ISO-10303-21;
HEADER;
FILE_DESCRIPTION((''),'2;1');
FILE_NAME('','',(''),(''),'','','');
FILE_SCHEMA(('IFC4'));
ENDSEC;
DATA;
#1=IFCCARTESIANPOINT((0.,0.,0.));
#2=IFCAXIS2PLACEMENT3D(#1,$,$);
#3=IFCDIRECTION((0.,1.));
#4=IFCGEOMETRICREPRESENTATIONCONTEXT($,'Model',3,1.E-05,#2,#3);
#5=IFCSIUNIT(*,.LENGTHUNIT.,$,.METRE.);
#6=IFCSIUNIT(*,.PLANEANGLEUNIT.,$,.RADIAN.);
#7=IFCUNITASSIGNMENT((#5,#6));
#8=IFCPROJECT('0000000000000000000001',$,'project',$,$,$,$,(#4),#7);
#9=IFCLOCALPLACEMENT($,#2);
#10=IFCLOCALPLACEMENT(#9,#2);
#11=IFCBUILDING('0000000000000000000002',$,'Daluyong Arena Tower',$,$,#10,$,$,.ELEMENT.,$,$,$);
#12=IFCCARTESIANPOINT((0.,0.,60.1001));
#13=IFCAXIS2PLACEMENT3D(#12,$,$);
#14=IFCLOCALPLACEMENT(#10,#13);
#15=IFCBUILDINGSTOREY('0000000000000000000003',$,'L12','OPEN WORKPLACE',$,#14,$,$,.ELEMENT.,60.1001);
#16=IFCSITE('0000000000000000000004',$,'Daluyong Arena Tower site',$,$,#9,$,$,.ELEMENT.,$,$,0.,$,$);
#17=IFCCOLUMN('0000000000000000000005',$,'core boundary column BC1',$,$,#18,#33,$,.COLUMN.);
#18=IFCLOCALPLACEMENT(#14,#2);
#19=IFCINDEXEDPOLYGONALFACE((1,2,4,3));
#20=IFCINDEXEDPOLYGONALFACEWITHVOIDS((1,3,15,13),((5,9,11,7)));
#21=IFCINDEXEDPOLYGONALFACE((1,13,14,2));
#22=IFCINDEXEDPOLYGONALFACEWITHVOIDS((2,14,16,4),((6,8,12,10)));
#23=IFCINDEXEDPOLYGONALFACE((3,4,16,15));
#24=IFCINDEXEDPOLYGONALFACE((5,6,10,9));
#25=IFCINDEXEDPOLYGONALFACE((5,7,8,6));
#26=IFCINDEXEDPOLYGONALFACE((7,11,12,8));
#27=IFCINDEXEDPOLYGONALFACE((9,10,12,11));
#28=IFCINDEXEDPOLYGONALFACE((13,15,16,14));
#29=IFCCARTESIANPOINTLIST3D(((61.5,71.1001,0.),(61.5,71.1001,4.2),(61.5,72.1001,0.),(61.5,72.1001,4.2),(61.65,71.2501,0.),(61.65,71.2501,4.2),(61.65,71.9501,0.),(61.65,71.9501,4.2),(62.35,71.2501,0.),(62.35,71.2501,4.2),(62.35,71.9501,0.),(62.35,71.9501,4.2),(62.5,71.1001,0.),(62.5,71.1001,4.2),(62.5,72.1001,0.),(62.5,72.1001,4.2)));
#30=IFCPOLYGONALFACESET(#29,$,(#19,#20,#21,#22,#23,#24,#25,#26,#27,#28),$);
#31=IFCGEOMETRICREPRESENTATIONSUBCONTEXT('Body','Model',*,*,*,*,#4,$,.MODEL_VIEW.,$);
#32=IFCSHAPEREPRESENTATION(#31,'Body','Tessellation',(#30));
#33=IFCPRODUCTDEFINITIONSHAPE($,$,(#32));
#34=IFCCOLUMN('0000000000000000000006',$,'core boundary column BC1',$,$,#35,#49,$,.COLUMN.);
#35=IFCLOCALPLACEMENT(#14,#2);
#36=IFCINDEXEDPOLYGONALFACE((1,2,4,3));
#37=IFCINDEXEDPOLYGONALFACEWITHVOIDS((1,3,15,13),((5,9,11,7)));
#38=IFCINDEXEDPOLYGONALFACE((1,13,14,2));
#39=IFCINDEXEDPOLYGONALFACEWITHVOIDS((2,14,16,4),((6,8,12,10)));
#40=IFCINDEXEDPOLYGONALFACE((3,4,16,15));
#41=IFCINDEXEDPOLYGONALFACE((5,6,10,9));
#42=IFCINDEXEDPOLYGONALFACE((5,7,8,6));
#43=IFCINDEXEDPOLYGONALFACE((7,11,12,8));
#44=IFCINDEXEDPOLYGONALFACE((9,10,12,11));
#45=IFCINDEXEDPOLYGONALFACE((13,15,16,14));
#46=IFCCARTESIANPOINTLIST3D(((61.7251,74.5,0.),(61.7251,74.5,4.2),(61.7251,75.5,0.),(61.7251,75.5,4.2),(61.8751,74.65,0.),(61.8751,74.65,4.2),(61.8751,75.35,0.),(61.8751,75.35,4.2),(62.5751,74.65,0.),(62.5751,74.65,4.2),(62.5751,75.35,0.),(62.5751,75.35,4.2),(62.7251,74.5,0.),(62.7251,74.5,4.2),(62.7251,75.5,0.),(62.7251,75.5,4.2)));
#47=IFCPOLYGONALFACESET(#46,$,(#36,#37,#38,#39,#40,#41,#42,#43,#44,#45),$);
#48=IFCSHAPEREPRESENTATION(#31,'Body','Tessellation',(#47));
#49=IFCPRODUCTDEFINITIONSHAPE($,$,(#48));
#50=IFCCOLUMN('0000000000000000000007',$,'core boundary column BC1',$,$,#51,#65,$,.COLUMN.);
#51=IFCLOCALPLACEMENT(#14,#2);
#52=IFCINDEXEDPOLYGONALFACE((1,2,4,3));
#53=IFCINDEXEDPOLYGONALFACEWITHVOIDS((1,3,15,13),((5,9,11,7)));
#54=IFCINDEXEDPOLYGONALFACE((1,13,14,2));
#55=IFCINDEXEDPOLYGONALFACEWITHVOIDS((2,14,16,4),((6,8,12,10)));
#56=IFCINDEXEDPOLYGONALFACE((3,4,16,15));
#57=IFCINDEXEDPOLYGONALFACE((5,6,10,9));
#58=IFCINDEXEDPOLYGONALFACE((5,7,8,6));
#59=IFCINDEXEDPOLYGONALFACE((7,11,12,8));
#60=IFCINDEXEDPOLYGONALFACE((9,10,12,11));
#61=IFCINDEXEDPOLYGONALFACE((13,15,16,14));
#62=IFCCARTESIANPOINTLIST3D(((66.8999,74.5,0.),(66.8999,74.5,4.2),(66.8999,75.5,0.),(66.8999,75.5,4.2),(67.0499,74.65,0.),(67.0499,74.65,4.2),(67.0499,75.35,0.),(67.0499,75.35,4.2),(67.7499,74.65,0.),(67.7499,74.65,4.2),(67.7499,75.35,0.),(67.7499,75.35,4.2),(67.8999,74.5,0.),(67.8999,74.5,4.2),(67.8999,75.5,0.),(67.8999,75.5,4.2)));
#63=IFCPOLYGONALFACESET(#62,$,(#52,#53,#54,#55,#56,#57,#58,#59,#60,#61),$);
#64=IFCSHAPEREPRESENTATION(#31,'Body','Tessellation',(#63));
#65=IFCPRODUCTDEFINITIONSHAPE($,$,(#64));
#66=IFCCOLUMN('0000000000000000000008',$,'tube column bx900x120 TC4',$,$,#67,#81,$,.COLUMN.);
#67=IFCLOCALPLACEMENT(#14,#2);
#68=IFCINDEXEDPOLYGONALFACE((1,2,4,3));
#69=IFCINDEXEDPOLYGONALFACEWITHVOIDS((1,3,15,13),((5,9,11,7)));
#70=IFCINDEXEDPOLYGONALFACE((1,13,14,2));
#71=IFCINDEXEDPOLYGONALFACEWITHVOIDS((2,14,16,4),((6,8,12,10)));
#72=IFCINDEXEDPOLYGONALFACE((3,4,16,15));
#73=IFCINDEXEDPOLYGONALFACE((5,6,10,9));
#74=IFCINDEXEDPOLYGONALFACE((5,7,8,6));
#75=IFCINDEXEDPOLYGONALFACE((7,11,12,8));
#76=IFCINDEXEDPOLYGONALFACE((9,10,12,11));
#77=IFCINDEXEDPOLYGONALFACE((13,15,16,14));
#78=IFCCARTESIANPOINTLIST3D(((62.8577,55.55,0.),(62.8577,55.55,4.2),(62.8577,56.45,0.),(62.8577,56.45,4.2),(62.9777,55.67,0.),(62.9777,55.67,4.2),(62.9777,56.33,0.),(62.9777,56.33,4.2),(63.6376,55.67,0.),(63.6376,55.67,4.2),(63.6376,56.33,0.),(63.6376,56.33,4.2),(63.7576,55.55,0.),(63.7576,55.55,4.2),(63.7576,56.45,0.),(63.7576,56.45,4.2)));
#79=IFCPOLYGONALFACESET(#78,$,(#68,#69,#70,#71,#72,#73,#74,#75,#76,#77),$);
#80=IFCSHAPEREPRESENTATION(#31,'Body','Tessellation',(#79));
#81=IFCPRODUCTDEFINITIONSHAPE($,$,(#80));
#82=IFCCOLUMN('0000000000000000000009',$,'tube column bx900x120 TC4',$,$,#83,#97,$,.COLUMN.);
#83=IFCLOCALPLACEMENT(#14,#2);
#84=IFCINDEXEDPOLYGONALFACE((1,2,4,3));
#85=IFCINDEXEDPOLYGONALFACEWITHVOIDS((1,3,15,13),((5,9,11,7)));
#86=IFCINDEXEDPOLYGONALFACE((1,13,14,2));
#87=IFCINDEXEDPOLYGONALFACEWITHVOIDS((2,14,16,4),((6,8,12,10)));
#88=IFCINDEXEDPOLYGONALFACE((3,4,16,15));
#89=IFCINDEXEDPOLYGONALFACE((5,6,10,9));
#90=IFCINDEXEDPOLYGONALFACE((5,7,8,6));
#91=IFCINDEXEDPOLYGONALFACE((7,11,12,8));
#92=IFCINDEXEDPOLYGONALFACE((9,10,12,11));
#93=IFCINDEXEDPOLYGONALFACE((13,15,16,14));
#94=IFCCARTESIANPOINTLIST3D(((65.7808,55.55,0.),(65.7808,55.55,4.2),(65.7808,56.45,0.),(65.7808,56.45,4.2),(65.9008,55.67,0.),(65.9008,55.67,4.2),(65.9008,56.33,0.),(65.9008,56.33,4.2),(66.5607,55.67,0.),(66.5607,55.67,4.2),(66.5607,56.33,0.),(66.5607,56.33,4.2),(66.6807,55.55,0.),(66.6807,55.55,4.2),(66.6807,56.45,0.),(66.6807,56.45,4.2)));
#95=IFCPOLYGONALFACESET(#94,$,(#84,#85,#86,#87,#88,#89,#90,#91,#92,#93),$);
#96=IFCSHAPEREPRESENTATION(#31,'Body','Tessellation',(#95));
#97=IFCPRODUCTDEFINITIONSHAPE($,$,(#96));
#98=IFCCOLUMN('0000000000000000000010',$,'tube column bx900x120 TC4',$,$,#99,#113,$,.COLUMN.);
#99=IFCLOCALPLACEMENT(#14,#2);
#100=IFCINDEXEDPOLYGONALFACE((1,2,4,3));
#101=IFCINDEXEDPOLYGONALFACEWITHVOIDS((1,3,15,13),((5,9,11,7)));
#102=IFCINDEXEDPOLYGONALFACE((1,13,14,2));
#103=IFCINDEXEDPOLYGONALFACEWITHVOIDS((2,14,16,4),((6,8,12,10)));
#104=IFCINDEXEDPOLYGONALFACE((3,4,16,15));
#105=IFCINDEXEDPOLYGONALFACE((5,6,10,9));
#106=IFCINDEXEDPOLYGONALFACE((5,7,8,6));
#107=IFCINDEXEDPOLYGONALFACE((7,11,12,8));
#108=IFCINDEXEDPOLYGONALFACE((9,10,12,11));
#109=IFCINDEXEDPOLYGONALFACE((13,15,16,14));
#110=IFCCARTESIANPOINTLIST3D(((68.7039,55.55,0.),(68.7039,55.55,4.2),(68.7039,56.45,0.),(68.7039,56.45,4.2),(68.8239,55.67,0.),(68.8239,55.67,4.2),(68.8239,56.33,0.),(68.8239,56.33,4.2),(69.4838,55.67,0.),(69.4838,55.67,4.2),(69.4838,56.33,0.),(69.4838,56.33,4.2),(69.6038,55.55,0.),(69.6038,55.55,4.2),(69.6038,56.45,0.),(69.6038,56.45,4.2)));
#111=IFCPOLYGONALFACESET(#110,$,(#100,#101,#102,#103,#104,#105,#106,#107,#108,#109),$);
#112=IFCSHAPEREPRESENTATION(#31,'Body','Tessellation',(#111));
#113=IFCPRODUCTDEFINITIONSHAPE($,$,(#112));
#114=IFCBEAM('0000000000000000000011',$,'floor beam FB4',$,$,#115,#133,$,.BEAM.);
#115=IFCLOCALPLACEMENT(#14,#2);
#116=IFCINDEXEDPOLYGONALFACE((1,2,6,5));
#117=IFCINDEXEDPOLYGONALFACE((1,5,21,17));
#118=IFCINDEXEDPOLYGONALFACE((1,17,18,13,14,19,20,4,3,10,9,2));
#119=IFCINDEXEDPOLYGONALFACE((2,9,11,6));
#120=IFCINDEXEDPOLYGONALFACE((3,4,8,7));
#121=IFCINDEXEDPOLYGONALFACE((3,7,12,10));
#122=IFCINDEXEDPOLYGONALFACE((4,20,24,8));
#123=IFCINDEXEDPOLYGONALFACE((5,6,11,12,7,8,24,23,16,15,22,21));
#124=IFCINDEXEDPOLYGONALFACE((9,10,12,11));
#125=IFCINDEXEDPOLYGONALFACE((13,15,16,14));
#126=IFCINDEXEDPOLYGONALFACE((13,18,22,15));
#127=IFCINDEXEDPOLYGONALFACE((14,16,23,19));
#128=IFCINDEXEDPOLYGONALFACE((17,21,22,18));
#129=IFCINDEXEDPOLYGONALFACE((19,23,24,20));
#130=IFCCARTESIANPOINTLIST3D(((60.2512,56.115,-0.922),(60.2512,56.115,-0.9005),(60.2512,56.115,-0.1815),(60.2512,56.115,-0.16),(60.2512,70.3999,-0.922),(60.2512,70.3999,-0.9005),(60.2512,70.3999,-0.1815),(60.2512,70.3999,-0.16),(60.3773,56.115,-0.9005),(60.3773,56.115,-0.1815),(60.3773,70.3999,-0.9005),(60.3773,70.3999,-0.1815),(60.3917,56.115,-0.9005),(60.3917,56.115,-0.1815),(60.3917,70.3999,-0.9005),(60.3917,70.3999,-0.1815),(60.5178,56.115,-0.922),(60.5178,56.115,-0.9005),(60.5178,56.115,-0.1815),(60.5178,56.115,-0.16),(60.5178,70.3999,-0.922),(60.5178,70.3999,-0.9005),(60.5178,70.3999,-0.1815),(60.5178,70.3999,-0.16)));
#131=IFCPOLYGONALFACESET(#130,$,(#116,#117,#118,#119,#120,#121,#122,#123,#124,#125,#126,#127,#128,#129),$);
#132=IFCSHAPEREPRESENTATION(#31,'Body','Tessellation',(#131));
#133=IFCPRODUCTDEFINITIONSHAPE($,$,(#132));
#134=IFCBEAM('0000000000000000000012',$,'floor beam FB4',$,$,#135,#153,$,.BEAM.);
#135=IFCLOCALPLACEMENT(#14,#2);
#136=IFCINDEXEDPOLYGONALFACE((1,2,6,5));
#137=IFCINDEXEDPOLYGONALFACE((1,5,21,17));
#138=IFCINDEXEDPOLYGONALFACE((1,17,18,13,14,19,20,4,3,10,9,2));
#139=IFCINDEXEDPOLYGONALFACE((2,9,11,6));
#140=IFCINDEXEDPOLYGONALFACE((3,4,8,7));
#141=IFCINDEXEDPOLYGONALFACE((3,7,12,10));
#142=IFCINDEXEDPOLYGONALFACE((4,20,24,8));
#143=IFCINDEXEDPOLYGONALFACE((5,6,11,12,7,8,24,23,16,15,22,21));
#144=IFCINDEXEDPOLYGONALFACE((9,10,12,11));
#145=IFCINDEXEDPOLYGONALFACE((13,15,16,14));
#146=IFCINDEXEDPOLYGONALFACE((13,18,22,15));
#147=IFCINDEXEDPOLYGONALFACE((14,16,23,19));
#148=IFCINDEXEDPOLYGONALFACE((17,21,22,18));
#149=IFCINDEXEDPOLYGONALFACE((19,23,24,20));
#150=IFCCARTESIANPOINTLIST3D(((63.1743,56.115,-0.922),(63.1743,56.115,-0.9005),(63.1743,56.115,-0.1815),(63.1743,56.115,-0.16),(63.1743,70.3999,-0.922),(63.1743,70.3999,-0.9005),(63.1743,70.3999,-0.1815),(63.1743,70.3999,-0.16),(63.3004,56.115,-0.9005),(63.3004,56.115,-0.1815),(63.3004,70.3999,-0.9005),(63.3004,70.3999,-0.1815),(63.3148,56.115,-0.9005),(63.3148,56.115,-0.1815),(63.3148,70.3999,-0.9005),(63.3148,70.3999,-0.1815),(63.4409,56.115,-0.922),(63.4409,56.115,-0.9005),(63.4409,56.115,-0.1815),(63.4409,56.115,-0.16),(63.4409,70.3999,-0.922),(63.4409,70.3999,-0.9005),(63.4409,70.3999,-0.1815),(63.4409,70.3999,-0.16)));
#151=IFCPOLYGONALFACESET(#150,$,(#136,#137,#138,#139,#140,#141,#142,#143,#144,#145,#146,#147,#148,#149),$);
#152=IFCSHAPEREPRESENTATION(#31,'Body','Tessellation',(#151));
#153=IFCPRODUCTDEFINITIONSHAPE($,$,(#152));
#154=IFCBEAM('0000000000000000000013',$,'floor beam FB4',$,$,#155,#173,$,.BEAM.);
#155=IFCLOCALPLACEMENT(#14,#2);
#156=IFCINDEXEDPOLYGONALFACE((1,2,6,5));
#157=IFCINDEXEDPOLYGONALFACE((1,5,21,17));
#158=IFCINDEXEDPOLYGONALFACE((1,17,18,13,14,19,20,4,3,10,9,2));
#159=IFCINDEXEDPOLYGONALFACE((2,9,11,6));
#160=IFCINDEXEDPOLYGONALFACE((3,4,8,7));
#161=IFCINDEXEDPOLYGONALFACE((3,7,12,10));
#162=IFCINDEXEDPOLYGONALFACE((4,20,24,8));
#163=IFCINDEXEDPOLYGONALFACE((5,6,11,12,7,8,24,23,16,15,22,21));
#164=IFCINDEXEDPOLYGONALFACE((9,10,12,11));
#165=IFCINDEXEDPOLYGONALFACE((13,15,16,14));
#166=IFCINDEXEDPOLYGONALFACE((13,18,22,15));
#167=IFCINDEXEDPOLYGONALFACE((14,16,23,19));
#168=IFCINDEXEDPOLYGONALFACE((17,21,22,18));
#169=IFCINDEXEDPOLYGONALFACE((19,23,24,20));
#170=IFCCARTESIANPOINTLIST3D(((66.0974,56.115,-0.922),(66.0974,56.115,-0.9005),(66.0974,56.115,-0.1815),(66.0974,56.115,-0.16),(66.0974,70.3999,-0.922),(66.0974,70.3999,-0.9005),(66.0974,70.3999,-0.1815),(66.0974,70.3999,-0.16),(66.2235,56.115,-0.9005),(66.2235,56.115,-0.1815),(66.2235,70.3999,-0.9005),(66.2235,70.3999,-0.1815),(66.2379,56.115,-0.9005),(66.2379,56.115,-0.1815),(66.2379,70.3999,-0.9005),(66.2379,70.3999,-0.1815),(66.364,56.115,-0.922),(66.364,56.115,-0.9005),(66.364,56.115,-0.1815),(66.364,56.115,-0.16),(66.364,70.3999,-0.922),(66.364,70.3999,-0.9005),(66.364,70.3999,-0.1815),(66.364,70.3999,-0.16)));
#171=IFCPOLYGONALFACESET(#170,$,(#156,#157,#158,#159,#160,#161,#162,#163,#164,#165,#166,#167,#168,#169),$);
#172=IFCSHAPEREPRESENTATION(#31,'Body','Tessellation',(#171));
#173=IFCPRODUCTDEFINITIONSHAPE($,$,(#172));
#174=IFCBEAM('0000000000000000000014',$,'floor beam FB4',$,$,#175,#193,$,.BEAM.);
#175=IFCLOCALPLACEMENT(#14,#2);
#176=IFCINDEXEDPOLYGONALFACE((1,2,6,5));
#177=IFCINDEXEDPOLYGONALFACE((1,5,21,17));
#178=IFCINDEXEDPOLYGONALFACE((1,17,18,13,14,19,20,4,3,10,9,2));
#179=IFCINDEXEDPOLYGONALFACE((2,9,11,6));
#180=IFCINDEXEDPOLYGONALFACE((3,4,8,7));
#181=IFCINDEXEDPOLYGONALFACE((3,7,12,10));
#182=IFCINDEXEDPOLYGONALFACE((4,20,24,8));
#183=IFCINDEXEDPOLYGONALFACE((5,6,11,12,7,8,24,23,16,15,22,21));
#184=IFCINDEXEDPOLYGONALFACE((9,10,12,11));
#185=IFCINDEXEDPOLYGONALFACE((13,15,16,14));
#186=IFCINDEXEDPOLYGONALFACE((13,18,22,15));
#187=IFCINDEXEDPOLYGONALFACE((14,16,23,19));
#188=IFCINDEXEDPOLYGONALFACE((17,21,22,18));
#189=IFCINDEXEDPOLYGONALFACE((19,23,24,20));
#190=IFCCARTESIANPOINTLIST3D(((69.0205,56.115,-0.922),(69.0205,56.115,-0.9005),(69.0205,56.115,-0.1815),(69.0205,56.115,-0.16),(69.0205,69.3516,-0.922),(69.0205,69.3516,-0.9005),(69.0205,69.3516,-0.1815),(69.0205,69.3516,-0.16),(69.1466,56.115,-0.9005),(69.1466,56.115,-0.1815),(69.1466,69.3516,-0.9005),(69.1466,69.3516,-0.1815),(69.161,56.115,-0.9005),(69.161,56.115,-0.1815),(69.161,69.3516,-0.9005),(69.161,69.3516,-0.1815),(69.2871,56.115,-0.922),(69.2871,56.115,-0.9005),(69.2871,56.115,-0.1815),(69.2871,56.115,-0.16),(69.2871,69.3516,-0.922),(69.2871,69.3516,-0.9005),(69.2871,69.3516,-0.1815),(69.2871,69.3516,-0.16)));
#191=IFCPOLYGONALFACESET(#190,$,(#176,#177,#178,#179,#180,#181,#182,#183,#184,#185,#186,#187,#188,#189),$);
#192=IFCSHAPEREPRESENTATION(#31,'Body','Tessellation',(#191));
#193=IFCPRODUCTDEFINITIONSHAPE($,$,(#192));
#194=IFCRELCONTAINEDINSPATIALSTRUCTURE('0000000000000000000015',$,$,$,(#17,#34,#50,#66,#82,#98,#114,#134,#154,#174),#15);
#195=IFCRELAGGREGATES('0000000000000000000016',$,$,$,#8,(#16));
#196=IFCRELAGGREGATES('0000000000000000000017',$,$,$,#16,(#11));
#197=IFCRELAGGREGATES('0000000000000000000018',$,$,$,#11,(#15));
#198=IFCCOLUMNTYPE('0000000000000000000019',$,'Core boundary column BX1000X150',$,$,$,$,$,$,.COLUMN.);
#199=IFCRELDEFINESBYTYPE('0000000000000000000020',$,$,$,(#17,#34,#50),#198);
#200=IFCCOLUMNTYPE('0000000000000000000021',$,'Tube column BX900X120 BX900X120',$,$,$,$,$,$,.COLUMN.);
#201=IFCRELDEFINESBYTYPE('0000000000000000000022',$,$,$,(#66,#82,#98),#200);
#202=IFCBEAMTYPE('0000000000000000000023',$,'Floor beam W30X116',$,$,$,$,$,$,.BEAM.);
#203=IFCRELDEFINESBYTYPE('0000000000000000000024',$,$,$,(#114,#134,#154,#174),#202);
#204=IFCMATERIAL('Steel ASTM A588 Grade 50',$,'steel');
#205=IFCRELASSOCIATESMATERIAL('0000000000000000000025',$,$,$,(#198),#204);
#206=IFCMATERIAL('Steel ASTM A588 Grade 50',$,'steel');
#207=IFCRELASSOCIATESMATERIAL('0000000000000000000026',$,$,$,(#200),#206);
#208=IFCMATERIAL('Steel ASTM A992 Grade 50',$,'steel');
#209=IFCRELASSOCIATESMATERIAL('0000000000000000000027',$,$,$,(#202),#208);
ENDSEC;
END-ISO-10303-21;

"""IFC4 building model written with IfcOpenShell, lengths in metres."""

from ifc_helpers import new_model, si_unit, direction, frame, origin, origin_2d, place, context, subcontext, project, spatial, hollow_rectangle, i_section, extrude, material, material_profile, profile_set, type_object, element, save


model = new_model("IFC4")

# Units and contexts
model_context = context("Model", 3, precision=1e-05, world=origin(), true_north=direction((0.0, 1.0)))
body_context = subcontext(model_context, "Body", "Model", "MODEL_VIEW")
ifc_project = project(units=[si_unit("LENGTHUNIT", "METRE"), si_unit("PLANEANGLEUNIT", "RADIAN")], contexts=[model_context])

# Site, building, storey
site_placement = place(None, origin())
site = spatial("IfcSite", under=ifc_project, at=site_placement, Name="Daluyong Arena Tower site", CompositionType="ELEMENT", RefElevation=0.0)
building_placement = place(site_placement, origin())
building = spatial("IfcBuilding", under=site, at=building_placement, Name="Daluyong Arena Tower", CompositionType="ELEMENT")
storey_placement = place(building_placement, frame((0.0, 0.0, 60.1001)))
storey = spatial("IfcBuildingStorey", under=building, at=storey_placement, Name="L12", Description="OPEN WORKPLACE", CompositionType="ELEMENT", Elevation=60.1001)

# Columns
ifc_material_1 = material(Name="Steel ASTM A588 Grade 50", Category="steel")
ifc_material_profile_1 = material_profile(ifc_material_1, hollow_rectangle(XDim=1.0, YDim=1.0, WallThickness=0.15, at=origin_2d()))
ifc_profile_set_1 = profile_set([ifc_material_profile_1], Name="Steel ASTM A588 Grade 50")
column_type_1 = type_object("IfcColumnType", Name="Core boundary column BX1000X150", PredefinedType="COLUMN", material=ifc_profile_set_1)
for number, where, z_axis, x_axis, name in (
    (1, (62.0, 71.6001, 0.0), (0.0, 0.0, 1.0), (1.0, 0.0, 0.0), "core boundary column BC1"),
    (2, (62.2251, 75.0, 0.0), (0.0, 0.0, 1.0), (1.0, 0.0, 0.0), "core boundary column BC1"),
    (3, (67.3999, 75.0, 0.0), (0.0, 0.0, 1.0), (1.0, 0.0, 0.0), "core boundary column BC1"),
):
    element("IfcColumn", number, at=place(storey_placement, frame(where, z_axis=z_axis, x_axis=x_axis)), inside=storey, type_object=column_type_1, Name=name, PredefinedType="COLUMN", context=body_context, shape_type="SweptSolid", body=[
        extrude(hollow_rectangle(XDim=1.0, YDim=1.0, WallThickness=0.15, at=origin_2d()), origin(), (0.0, 0.0, 1.0), 4.2),
    ])
ifc_material_2 = material(Name="Steel ASTM A588 Grade 50", Category="steel")
ifc_material_profile_2 = material_profile(ifc_material_2, hollow_rectangle(XDim=0.8999, YDim=0.8999, WallThickness=0.12, at=origin_2d()))
ifc_profile_set_2 = profile_set([ifc_material_profile_2], Name="Steel ASTM A588 Grade 50")
column_type_2 = type_object("IfcColumnType", Name="Tube column BX900X120 BX900X120", PredefinedType="COLUMN", material=ifc_profile_set_2)
for number, where, z_axis, x_axis, name in (
    (4, (63.3076, 56.0, 0.0), (0.0, 0.0, 1.0), (1.0, 0.0, 0.0), "tube column bx900x120 TC4"),
    (5, (66.2307, 56.0, 0.0), (0.0, 0.0, 1.0), (1.0, 0.0, 0.0), "tube column bx900x120 TC4"),
    (6, (69.1538, 56.0, 0.0), (0.0, 0.0, 1.0), (1.0, 0.0, 0.0), "tube column bx900x120 TC4"),
):
    element("IfcColumn", number, at=place(storey_placement, frame(where, z_axis=z_axis, x_axis=x_axis)), inside=storey, type_object=column_type_2, Name=name, PredefinedType="COLUMN", context=body_context, shape_type="SweptSolid", body=[
        extrude(hollow_rectangle(XDim=0.8999, YDim=0.8999, WallThickness=0.12, at=origin_2d()), origin(), (0.0, 0.0, 1.0), 4.2),
    ])

# Beams
ifc_material_3 = material(Name="Steel ASTM A992 Grade 50", Category="steel")
ifc_material_profile_3 = material_profile(ifc_material_3, i_section(OverallWidth=0.2666, OverallDepth=0.762, WebThickness=0.0144, FlangeThickness=0.0215, at=origin_2d()))
ifc_profile_set_3 = profile_set([ifc_material_profile_3], Name="Steel ASTM A992 Grade 50")
beam_type_1 = type_object("IfcBeamType", Name="Floor beam W30X116", PredefinedType="BEAM", material=ifc_profile_set_3)
for number, where, z_axis, x_axis, name in (
    (7, (60.3845, 56.115, -0.541), (0.0, 1.0, 0.0), (-1.0, 0.0, 0.0), "floor beam FB4"),
    (8, (63.3076, 56.115, -0.541), (0.0, 1.0, 0.0), (-1.0, 0.0, 0.0), "floor beam FB4"),
    (9, (66.2307, 56.115, -0.541), (0.0, 1.0, 0.0), (-1.0, 0.0, 0.0), "floor beam FB4"),
):
    element("IfcBeam", number, at=place(storey_placement, frame(where, z_axis=z_axis, x_axis=x_axis)), inside=storey, type_object=beam_type_1, Name=name, PredefinedType="BEAM", context=body_context, shape_type="SweptSolid", body=[
        extrude(i_section(OverallWidth=0.2666, OverallDepth=0.762, WebThickness=0.0144, FlangeThickness=0.0215, at=origin_2d()), origin(), (0.0, 0.0, 1.0), 14.2849),
    ])
beam_1_placement = place(storey_placement, frame((69.1538, 56.115, -0.541), z_axis=(0.0, 1.0, 0.0), x_axis=(-1.0, 0.0, 0.0)))
element("IfcBeam", 10, at=beam_1_placement, inside=storey, type_object=beam_type_1, Name="floor beam FB4", PredefinedType="BEAM", context=body_context, shape_type="SweptSolid", body=[
    extrude(i_section(OverallWidth=0.2666, OverallDepth=0.762, WebThickness=0.0144, FlangeThickness=0.0215, at=origin_2d()), origin(), (0.0, 0.0, 1.0), 13.2366),
])

save(model, "model.ifc")
